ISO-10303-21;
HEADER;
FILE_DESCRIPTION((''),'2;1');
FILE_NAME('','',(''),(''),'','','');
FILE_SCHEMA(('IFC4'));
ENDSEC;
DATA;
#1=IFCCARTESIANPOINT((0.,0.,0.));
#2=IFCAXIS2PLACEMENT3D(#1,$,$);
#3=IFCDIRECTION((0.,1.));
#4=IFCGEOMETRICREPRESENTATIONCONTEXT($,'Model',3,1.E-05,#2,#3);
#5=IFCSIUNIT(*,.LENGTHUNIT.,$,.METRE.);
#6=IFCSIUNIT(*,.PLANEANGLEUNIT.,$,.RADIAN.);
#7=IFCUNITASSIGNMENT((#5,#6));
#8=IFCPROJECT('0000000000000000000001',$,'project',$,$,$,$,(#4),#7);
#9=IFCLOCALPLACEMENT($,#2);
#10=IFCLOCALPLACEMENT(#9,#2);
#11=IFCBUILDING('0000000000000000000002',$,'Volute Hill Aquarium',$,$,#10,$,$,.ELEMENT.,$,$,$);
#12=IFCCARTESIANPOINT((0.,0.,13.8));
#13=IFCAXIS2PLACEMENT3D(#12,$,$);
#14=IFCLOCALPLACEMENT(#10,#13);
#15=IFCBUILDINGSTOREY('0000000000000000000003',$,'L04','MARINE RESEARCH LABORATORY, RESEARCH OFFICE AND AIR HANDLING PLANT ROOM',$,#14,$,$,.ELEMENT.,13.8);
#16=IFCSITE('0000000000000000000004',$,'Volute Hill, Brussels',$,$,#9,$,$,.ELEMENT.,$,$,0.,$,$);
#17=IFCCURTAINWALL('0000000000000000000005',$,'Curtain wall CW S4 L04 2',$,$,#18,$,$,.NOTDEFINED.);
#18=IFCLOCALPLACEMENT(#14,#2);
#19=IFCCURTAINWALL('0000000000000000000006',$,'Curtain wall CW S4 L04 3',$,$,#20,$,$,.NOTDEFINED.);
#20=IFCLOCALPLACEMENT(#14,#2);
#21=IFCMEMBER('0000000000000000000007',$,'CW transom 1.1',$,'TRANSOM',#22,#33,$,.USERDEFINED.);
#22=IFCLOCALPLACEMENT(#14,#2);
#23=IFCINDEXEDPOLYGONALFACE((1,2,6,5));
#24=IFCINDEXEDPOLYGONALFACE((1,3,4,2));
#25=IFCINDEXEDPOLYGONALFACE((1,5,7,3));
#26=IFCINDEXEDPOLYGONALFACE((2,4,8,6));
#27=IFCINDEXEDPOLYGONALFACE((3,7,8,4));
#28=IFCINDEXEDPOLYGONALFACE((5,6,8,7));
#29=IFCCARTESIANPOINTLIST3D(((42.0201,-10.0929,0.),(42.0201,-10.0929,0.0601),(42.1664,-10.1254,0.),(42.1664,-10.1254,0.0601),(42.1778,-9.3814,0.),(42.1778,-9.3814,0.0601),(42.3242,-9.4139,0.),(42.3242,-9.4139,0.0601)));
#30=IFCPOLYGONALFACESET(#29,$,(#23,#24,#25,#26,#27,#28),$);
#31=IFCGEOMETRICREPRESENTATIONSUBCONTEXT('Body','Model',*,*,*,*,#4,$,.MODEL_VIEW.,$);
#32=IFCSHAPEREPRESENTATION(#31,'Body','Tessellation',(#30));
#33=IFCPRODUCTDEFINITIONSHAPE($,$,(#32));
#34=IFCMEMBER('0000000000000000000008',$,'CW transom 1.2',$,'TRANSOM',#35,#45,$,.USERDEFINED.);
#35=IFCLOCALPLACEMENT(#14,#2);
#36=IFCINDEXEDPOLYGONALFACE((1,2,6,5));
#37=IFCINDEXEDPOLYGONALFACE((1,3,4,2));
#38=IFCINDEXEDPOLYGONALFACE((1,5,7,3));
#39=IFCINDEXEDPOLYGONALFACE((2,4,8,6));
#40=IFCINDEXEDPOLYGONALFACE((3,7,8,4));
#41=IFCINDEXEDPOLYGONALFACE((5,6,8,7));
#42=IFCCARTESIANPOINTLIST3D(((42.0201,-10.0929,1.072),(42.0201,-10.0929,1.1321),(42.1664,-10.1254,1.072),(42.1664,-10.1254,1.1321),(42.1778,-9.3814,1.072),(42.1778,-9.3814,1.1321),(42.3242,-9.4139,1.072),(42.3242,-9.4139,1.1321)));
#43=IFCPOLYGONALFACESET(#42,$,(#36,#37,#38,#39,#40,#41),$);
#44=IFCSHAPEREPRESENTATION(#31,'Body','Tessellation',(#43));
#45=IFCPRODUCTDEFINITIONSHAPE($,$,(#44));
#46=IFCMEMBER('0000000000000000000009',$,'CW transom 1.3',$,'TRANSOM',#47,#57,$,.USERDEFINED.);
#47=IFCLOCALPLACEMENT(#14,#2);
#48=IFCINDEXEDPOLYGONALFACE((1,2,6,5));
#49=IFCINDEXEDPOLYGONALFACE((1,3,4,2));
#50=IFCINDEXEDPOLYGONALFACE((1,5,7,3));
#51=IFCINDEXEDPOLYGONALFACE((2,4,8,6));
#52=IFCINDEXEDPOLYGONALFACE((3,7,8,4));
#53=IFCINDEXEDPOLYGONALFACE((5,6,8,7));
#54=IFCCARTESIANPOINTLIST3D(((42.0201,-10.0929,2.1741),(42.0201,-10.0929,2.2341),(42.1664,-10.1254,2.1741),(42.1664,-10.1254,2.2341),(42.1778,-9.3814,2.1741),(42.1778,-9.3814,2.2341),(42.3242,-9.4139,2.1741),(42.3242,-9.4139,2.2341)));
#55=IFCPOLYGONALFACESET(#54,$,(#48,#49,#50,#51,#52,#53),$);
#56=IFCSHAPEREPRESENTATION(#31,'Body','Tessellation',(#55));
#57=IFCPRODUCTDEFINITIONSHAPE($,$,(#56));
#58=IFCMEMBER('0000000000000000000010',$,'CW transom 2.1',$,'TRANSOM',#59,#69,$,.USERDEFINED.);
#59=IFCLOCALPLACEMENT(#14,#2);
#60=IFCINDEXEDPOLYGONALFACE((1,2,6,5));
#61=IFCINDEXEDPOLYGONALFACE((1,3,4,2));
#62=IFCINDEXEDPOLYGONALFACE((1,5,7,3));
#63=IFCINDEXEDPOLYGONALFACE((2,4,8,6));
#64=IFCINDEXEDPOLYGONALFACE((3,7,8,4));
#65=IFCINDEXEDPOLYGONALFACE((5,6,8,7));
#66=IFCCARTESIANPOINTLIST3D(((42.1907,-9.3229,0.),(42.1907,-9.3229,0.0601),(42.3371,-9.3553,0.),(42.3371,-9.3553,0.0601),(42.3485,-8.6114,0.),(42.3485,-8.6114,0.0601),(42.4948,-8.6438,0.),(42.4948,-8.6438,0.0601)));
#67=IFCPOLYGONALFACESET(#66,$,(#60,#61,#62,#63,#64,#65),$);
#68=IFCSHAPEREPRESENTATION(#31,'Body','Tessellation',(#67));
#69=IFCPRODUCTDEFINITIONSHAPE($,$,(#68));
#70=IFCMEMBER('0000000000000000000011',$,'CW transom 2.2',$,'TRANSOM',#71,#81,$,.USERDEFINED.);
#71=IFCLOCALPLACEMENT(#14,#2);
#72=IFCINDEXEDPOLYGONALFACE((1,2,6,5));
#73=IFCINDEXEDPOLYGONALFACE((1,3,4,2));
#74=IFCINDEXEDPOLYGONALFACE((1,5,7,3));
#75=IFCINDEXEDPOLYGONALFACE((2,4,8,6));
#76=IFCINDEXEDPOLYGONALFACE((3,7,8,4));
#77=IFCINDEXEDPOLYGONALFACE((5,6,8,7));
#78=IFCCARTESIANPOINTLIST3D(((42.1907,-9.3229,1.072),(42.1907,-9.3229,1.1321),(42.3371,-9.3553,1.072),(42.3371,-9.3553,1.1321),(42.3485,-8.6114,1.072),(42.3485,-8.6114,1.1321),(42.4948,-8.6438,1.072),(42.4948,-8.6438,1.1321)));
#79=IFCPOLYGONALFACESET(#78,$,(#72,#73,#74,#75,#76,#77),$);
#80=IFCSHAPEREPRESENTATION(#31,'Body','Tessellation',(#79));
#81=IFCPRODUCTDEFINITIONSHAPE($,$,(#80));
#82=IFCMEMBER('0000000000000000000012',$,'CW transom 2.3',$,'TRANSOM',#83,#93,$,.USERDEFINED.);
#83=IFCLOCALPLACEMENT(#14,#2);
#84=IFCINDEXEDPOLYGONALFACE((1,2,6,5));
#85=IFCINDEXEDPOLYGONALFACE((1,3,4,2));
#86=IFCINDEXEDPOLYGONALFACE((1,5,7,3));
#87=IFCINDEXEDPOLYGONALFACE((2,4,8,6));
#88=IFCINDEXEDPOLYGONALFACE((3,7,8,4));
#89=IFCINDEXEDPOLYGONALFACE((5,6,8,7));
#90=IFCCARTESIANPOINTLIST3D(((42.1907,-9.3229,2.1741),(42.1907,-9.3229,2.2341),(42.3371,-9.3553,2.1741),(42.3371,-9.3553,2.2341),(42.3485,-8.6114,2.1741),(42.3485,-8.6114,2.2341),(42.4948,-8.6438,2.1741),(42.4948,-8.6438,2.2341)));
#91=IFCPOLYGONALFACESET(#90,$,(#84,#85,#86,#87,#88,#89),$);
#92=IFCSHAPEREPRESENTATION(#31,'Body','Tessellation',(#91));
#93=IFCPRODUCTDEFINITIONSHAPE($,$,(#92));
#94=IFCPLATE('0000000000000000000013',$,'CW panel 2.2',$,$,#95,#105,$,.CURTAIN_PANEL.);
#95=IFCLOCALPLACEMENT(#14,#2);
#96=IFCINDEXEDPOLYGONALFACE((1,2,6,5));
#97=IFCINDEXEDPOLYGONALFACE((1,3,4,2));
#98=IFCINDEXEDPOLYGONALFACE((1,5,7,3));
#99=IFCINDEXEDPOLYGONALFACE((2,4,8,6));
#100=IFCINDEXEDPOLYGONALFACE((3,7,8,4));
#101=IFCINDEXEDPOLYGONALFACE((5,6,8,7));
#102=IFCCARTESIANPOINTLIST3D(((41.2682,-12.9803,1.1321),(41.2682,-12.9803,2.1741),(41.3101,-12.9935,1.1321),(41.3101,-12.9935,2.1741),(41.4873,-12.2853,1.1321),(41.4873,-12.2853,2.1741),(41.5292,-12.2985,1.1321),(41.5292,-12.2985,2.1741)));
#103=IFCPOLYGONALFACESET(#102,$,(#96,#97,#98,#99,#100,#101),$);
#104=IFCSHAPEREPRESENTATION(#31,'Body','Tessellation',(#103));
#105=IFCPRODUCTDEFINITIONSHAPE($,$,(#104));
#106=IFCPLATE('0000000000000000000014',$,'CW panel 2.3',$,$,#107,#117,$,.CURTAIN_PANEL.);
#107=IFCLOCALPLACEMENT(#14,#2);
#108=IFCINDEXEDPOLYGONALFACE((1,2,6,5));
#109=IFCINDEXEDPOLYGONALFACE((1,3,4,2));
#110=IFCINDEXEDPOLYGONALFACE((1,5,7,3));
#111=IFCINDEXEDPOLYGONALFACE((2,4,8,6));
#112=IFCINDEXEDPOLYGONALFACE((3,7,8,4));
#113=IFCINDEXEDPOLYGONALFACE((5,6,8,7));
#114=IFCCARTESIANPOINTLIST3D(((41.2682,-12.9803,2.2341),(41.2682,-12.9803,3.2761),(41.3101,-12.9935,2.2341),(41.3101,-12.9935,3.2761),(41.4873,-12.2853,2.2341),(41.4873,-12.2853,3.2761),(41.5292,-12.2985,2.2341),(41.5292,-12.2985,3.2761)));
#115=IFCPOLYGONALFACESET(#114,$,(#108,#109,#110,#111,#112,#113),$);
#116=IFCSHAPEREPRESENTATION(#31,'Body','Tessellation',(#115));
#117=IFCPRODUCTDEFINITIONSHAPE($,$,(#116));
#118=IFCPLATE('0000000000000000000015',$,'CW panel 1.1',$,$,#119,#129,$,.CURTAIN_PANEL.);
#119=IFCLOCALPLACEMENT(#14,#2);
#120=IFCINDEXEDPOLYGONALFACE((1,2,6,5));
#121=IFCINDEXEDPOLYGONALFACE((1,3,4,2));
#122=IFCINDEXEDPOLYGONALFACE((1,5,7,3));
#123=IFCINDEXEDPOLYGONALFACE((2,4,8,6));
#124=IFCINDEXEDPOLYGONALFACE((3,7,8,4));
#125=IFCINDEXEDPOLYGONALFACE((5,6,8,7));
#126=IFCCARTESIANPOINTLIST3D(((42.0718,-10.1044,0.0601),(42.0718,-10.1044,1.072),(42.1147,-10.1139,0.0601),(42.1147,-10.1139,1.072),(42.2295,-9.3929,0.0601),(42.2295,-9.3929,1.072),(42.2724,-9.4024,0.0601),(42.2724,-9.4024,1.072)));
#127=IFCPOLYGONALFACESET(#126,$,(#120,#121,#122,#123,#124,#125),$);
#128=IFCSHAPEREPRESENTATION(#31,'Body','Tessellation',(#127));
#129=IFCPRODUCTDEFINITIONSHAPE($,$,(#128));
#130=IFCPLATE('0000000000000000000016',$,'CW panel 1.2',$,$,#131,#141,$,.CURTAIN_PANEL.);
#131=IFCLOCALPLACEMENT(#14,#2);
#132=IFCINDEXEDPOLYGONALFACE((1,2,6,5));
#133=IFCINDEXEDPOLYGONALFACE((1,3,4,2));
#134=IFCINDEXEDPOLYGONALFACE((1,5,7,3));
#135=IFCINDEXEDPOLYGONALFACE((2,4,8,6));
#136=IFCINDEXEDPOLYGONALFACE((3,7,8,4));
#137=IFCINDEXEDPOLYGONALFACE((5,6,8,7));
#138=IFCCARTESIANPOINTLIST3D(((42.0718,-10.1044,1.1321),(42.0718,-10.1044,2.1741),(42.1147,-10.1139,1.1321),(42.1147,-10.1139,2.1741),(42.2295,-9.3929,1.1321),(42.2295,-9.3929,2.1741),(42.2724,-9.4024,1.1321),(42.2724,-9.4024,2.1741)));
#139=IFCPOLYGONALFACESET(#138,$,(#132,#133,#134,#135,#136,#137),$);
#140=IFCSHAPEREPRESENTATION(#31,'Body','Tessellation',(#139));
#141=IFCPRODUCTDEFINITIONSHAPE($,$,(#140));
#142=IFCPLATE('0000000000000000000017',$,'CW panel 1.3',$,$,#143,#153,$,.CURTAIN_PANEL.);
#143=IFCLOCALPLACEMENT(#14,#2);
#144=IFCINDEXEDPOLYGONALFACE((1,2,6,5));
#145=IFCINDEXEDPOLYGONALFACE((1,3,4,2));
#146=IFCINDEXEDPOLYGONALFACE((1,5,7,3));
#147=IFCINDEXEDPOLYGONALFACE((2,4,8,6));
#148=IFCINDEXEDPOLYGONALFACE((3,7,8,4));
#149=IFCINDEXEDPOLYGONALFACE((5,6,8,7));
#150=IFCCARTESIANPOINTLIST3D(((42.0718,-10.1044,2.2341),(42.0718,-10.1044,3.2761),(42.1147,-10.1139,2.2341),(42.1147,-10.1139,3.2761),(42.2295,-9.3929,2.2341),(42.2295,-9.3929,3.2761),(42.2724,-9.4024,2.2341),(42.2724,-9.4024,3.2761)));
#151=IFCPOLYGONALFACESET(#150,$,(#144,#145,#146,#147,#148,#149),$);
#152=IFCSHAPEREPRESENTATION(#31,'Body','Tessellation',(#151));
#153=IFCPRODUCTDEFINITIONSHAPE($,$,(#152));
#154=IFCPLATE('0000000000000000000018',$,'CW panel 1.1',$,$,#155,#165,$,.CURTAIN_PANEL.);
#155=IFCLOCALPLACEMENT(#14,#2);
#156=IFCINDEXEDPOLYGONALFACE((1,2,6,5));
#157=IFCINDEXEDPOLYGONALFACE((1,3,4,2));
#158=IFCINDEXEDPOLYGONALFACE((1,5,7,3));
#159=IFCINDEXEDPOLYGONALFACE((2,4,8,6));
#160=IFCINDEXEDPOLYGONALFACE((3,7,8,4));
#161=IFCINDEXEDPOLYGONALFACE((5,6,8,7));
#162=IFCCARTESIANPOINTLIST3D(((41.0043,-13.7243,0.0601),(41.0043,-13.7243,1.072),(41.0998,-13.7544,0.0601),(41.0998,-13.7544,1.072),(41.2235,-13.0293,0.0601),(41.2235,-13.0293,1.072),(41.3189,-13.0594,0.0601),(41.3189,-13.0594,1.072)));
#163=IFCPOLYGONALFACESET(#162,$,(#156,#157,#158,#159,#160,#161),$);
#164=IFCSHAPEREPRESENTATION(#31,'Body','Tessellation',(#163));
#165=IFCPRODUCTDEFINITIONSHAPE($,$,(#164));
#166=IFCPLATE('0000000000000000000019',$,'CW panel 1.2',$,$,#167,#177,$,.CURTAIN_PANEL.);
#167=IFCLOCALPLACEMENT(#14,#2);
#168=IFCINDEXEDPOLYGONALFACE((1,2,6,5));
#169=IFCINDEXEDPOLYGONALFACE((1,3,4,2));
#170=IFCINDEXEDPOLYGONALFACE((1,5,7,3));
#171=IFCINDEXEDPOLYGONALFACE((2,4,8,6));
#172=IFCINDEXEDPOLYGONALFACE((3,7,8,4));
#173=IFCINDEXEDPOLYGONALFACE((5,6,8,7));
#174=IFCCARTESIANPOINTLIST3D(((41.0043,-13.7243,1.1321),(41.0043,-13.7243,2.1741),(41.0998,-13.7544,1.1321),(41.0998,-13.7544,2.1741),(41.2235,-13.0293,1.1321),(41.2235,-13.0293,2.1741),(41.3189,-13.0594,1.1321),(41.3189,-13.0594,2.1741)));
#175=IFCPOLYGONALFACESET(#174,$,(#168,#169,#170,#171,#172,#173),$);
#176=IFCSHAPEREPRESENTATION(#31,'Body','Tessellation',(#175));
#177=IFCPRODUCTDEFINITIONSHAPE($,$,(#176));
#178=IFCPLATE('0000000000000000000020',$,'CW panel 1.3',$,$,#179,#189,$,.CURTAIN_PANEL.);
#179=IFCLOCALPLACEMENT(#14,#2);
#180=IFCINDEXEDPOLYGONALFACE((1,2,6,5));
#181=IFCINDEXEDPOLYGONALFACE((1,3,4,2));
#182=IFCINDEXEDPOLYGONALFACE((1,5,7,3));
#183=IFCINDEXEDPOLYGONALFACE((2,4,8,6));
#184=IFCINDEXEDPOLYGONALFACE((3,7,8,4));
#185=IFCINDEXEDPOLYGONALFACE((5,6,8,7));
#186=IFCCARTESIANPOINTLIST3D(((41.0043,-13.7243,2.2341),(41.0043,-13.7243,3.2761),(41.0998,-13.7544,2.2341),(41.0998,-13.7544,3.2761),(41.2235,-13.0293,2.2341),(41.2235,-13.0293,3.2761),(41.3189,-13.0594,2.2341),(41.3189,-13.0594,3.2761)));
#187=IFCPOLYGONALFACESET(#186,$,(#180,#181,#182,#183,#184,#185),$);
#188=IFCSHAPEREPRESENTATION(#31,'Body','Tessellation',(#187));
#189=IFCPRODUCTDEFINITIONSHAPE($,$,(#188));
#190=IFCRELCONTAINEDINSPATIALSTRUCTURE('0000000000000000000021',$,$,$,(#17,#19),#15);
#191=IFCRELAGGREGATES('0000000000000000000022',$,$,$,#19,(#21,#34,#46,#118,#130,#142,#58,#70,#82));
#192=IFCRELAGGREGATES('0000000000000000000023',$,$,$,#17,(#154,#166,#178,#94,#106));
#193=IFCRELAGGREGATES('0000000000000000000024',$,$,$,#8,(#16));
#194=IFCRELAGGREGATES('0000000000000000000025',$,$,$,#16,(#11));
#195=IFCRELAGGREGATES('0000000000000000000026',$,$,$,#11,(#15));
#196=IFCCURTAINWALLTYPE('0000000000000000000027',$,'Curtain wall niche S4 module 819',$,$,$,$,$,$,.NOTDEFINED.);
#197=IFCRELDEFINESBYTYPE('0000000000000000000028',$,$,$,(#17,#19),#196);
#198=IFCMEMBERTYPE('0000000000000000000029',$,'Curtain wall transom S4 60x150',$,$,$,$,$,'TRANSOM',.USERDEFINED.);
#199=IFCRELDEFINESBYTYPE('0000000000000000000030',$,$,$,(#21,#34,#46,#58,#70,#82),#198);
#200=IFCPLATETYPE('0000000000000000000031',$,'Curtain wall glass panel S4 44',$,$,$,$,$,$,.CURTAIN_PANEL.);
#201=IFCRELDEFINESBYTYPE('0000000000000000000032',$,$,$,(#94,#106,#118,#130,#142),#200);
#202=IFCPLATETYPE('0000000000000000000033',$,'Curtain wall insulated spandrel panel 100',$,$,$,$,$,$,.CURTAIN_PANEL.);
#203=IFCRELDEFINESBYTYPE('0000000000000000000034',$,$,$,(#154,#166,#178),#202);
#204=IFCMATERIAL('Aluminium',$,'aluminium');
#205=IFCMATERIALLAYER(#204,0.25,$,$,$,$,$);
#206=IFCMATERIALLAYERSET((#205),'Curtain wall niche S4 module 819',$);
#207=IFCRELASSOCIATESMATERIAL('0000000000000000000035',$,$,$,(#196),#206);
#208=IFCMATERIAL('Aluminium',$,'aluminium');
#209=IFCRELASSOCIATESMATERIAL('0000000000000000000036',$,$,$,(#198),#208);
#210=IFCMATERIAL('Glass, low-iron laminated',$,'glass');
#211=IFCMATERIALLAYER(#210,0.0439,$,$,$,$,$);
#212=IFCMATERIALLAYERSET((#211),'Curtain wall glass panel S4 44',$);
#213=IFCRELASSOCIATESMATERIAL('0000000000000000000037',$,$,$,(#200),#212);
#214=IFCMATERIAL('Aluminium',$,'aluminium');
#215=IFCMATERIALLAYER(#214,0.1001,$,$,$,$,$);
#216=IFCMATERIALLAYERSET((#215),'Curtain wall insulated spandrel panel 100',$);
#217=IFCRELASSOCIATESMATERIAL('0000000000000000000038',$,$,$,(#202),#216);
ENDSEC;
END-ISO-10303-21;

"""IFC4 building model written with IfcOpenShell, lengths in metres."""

from ifc_helpers import new_model, si_unit, direction, frame, origin, origin_2d, place, context, subcontext, project, spatial, rectangle, extrude, material, layer, layer_set, material_profile, profile_set, type_object, element, aggregate, save


model = new_model("IFC4")

# Units and contexts
model_context = context("Model", 3, precision=1e-05, world=origin(), true_north=direction((0.0, 1.0)))
body_context = subcontext(model_context, "Body", "Model", "MODEL_VIEW")
ifc_project = project(units=[si_unit("LENGTHUNIT", "METRE"), si_unit("PLANEANGLEUNIT", "RADIAN")], contexts=[model_context])

# Site, building, storey
site_placement = place(None, origin())
site = spatial("IfcSite", under=ifc_project, at=site_placement, Name="Volute Hill, Brussels", CompositionType="ELEMENT", RefElevation=0.0)
building_placement = place(site_placement, origin())
building = spatial("IfcBuilding", under=site, at=building_placement, Name="Volute Hill Aquarium", CompositionType="ELEMENT")
storey_placement = place(building_placement, frame((0.0, 0.0, 13.8)))
storey = spatial("IfcBuildingStorey", under=building, at=storey_placement, Name="L04", Description="MARINE RESEARCH LABORATORY, RESEARCH OFFICE AND AIR HANDLING PLANT ROOM", CompositionType="ELEMENT", Elevation=13.8)

# Curtain walls
ifc_material_1 = material(Name="Aluminium", Category="aluminium")
ifc_layer_1 = layer(ifc_material_1, 0.25)
ifc_layer_set_1 = layer_set([ifc_layer_1], Name="Curtain wall niche S4 module 819")
curtain_wall_type_1 = type_object("IfcCurtainWallType", Name="Curtain wall niche S4 module 819", PredefinedType="NOTDEFINED", material=ifc_layer_set_1)
curtain_wall_1_placement = place(storey_placement, origin())
curtain_wall_1 = element("IfcCurtainWall", 1, at=curtain_wall_1_placement, inside=storey, type_object=curtain_wall_type_1, Name="Curtain wall CW S4 L04 2", PredefinedType="NOTDEFINED")
curtain_wall_2_placement = place(storey_placement, origin())
curtain_wall_2 = element("IfcCurtainWall", 2, at=curtain_wall_2_placement, inside=storey, type_object=curtain_wall_type_1, Name="Curtain wall CW S4 L04 3", PredefinedType="NOTDEFINED")

# Members
ifc_material_2 = material(Name="Aluminium", Category="aluminium")
ifc_material_profile_1 = material_profile(ifc_material_2, rectangle(XDim=0.1499, YDim=0.0601, at=origin_2d()), Name="Curtain wall transom S4 60x150")
ifc_profile_set_1 = profile_set([ifc_material_profile_1], Name="Aluminium")
member_type_1 = type_object("IfcMemberType", Name="Curtain wall transom S4 60x150", ElementType="TRANSOM", PredefinedType="USERDEFINED", material=ifc_profile_set_1)
member_1_placement = place(storey_placement, frame((42.0933, -10.1091, 0.03), z_axis=(0.216434, 0.976297, 0.0), x_axis=(-0.976297, 0.216434, 0.0)))
member_1 = element("IfcMember", 3, at=member_1_placement, type_object=member_type_1, Name="CW transom 1.1", ObjectType="TRANSOM", PredefinedType="USERDEFINED", context=body_context, shape_type="SweptSolid", body=[
    extrude(rectangle(XDim=0.1499, YDim=0.0601, at=origin_2d()), origin(), (0.0, 0.0, 1.0), 0.7288),
])
member_2_placement = place(storey_placement, frame((42.0933, -10.1091, 1.1021), z_axis=(0.216434, 0.976297, 0.0), x_axis=(-0.976297, 0.216434, 0.0)))
member_2 = element("IfcMember", 4, at=member_2_placement, type_object=member_type_1, Name="CW transom 1.2", ObjectType="TRANSOM", PredefinedType="USERDEFINED", context=body_context, shape_type="SweptSolid", body=[
    extrude(rectangle(XDim=0.1499, YDim=0.0601, at=origin_2d()), origin(), (0.0, 0.0, 1.0), 0.7288),
])
member_3_placement = place(storey_placement, frame((42.0933, -10.1091, 2.2041), z_axis=(0.216434, 0.976297, 0.0), x_axis=(-0.976297, 0.216434, 0.0)))
member_3 = element("IfcMember", 5, at=member_3_placement, type_object=member_type_1, Name="CW transom 1.3", ObjectType="TRANSOM", PredefinedType="USERDEFINED", context=body_context, shape_type="SweptSolid", body=[
    extrude(rectangle(XDim=0.1499, YDim=0.0601, at=origin_2d()), origin(), (0.0, 0.0, 1.0), 0.7288),
])
member_4_placement = place(storey_placement, frame((42.2639, -9.3391, 0.03), z_axis=(0.216434, 0.976297, 0.0), x_axis=(-0.976297, 0.216434, 0.0)))
member_4 = element("IfcMember", 6, at=member_4_placement, type_object=member_type_1, Name="CW transom 2.1", ObjectType="TRANSOM", PredefinedType="USERDEFINED", context=body_context, shape_type="SweptSolid", body=[
    extrude(rectangle(XDim=0.1499, YDim=0.0601, at=origin_2d()), origin(), (0.0, 0.0, 1.0), 0.7288),
])
member_5_placement = place(storey_placement, frame((42.2639, -9.3391, 1.1021), z_axis=(0.216434, 0.976297, 0.0), x_axis=(-0.976297, 0.216434, 0.0)))
member_5 = element("IfcMember", 7, at=member_5_placement, type_object=member_type_1, Name="CW transom 2.2", ObjectType="TRANSOM", PredefinedType="USERDEFINED", context=body_context, shape_type="SweptSolid", body=[
    extrude(rectangle(XDim=0.1499, YDim=0.0601, at=origin_2d()), origin(), (0.0, 0.0, 1.0), 0.7288),
])
member_6_placement = place(storey_placement, frame((42.2639, -9.3391, 2.2041), z_axis=(0.216434, 0.976297, 0.0), x_axis=(-0.976297, 0.216434, 0.0)))
member_6 = element("IfcMember", 8, at=member_6_placement, type_object=member_type_1, Name="CW transom 2.3", ObjectType="TRANSOM", PredefinedType="USERDEFINED", context=body_context, shape_type="SweptSolid", body=[
    extrude(rectangle(XDim=0.1499, YDim=0.0601, at=origin_2d()), origin(), (0.0, 0.0, 1.0), 0.7288),
])

# Plates
ifc_material_3 = material(Name="Glass, low-iron laminated", Category="glass")
ifc_layer_2 = layer(ifc_material_3, 0.0439)
ifc_layer_set_2 = layer_set([ifc_layer_2], Name="Curtain wall glass panel S4 44")
plate_type_1 = type_object("IfcPlateType", Name="Curtain wall glass panel S4 44", PredefinedType="CURTAIN_PANEL", material=ifc_layer_set_2)
plate_1_placement = place(storey_placement, frame((41.3987, -12.6394, 1.1321), z_axis=(0.0, 0.0, 1.0), x_axis=(0.30071, 0.953716, 0.0)))
plate_1 = element("IfcPlate", 9, at=plate_1_placement, type_object=plate_type_1, Name="CW panel 2.2", PredefinedType="CURTAIN_PANEL", context=body_context, shape_type="SweptSolid", body=[
    extrude(rectangle(XDim=0.7288, YDim=0.0439, at=origin_2d()), origin(), (0.0, 0.0, 1.0), 1.042),
])
plate_2_placement = place(storey_placement, frame((41.3987, -12.6394, 2.2341), z_axis=(0.0, 0.0, 1.0), x_axis=(0.30071, 0.953716, 0.0)))
plate_2 = element("IfcPlate", 10, at=plate_2_placement, type_object=plate_type_1, Name="CW panel 2.3", PredefinedType="CURTAIN_PANEL", context=body_context, shape_type="SweptSolid", body=[
    extrude(rectangle(XDim=0.7288, YDim=0.0439, at=origin_2d()), origin(), (0.0, 0.0, 1.0), 1.042),
])
plate_3_placement = place(storey_placement, frame((42.1721, -9.7534, 0.0601), z_axis=(0.0, 0.0, 1.0), x_axis=(0.216432, 0.976298, 0.0)))
plate_3 = element("IfcPlate", 11, at=plate_3_placement, type_object=plate_type_1, Name="CW panel 1.1", PredefinedType="CURTAIN_PANEL", context=body_context, shape_type="SweptSolid", body=[
    extrude(rectangle(XDim=0.7288, YDim=0.0439, at=origin_2d()), origin(), (0.0, 0.0, 1.0), 1.012),
])
plate_4_placement = place(storey_placement, frame((42.1721, -9.7534, 1.1321), z_axis=(0.0, 0.0, 1.0), x_axis=(0.216432, 0.976298, 0.0)))
plate_4 = element("IfcPlate", 12, at=plate_4_placement, type_object=plate_type_1, Name="CW panel 1.2", PredefinedType="CURTAIN_PANEL", context=body_context, shape_type="SweptSolid", body=[
    extrude(rectangle(XDim=0.7288, YDim=0.0439, at=origin_2d()), origin(), (0.0, 0.0, 1.0), 1.042),
])
plate_5_placement = place(storey_placement, frame((42.1721, -9.7534, 2.2341), z_axis=(0.0, 0.0, 1.0), x_axis=(0.216432, 0.976298, 0.0)))
plate_5 = element("IfcPlate", 13, at=plate_5_placement, type_object=plate_type_1, Name="CW panel 1.3", PredefinedType="CURTAIN_PANEL", context=body_context, shape_type="SweptSolid", body=[
    extrude(rectangle(XDim=0.7288, YDim=0.0439, at=origin_2d()), origin(), (0.0, 0.0, 1.0), 1.042),
])
aggregate(curtain_wall_2, [member_1, member_2, member_3, plate_3, plate_4, plate_5, member_4, member_5, member_6])
ifc_material_4 = material(Name="Aluminium", Category="aluminium")
ifc_layer_3 = layer(ifc_material_4, 0.1001)
ifc_layer_set_3 = layer_set([ifc_layer_3], Name="Curtain wall insulated spandrel panel 100")
plate_type_2 = type_object("IfcPlateType", Name="Curtain wall insulated spandrel panel 100", PredefinedType="CURTAIN_PANEL", material=ifc_layer_set_3)
plate_6_placement = place(storey_placement, frame((41.1616, -13.3918, 0.0601), z_axis=(0.0, 0.0, 1.0), x_axis=(0.30071, 0.953716, 0.0)))
plate_6 = element("IfcPlate", 14, at=plate_6_placement, type_object=plate_type_2, Name="CW panel 1.1", PredefinedType="CURTAIN_PANEL", context=body_context, shape_type="SweptSolid", body=[
    extrude(rectangle(XDim=0.7288, YDim=0.1001, at=origin_2d()), origin(), (0.0, 0.0, 1.0), 1.012),
])
plate_7_placement = place(storey_placement, frame((41.1616, -13.3918, 1.1321), z_axis=(0.0, 0.0, 1.0), x_axis=(0.30071, 0.953716, 0.0)))
plate_7 = element("IfcPlate", 15, at=plate_7_placement, type_object=plate_type_2, Name="CW panel 1.2", PredefinedType="CURTAIN_PANEL", context=body_context, shape_type="SweptSolid", body=[
    extrude(rectangle(XDim=0.7288, YDim=0.1001, at=origin_2d()), origin(), (0.0, 0.0, 1.0), 1.042),
])
plate_8_placement = place(storey_placement, frame((41.1616, -13.3918, 2.2341), z_axis=(0.0, 0.0, 1.0), x_axis=(0.30071, 0.953716, 0.0)))
plate_8 = element("IfcPlate", 16, at=plate_8_placement, type_object=plate_type_2, Name="CW panel 1.3", PredefinedType="CURTAIN_PANEL", context=body_context, shape_type="SweptSolid", body=[
    extrude(rectangle(XDim=0.7288, YDim=0.1001, at=origin_2d()), origin(), (0.0, 0.0, 1.0), 1.042),
])
aggregate(curtain_wall_1, [plate_6, plate_7, plate_8, plate_1, plate_2])

save(model, "model.ifc")
